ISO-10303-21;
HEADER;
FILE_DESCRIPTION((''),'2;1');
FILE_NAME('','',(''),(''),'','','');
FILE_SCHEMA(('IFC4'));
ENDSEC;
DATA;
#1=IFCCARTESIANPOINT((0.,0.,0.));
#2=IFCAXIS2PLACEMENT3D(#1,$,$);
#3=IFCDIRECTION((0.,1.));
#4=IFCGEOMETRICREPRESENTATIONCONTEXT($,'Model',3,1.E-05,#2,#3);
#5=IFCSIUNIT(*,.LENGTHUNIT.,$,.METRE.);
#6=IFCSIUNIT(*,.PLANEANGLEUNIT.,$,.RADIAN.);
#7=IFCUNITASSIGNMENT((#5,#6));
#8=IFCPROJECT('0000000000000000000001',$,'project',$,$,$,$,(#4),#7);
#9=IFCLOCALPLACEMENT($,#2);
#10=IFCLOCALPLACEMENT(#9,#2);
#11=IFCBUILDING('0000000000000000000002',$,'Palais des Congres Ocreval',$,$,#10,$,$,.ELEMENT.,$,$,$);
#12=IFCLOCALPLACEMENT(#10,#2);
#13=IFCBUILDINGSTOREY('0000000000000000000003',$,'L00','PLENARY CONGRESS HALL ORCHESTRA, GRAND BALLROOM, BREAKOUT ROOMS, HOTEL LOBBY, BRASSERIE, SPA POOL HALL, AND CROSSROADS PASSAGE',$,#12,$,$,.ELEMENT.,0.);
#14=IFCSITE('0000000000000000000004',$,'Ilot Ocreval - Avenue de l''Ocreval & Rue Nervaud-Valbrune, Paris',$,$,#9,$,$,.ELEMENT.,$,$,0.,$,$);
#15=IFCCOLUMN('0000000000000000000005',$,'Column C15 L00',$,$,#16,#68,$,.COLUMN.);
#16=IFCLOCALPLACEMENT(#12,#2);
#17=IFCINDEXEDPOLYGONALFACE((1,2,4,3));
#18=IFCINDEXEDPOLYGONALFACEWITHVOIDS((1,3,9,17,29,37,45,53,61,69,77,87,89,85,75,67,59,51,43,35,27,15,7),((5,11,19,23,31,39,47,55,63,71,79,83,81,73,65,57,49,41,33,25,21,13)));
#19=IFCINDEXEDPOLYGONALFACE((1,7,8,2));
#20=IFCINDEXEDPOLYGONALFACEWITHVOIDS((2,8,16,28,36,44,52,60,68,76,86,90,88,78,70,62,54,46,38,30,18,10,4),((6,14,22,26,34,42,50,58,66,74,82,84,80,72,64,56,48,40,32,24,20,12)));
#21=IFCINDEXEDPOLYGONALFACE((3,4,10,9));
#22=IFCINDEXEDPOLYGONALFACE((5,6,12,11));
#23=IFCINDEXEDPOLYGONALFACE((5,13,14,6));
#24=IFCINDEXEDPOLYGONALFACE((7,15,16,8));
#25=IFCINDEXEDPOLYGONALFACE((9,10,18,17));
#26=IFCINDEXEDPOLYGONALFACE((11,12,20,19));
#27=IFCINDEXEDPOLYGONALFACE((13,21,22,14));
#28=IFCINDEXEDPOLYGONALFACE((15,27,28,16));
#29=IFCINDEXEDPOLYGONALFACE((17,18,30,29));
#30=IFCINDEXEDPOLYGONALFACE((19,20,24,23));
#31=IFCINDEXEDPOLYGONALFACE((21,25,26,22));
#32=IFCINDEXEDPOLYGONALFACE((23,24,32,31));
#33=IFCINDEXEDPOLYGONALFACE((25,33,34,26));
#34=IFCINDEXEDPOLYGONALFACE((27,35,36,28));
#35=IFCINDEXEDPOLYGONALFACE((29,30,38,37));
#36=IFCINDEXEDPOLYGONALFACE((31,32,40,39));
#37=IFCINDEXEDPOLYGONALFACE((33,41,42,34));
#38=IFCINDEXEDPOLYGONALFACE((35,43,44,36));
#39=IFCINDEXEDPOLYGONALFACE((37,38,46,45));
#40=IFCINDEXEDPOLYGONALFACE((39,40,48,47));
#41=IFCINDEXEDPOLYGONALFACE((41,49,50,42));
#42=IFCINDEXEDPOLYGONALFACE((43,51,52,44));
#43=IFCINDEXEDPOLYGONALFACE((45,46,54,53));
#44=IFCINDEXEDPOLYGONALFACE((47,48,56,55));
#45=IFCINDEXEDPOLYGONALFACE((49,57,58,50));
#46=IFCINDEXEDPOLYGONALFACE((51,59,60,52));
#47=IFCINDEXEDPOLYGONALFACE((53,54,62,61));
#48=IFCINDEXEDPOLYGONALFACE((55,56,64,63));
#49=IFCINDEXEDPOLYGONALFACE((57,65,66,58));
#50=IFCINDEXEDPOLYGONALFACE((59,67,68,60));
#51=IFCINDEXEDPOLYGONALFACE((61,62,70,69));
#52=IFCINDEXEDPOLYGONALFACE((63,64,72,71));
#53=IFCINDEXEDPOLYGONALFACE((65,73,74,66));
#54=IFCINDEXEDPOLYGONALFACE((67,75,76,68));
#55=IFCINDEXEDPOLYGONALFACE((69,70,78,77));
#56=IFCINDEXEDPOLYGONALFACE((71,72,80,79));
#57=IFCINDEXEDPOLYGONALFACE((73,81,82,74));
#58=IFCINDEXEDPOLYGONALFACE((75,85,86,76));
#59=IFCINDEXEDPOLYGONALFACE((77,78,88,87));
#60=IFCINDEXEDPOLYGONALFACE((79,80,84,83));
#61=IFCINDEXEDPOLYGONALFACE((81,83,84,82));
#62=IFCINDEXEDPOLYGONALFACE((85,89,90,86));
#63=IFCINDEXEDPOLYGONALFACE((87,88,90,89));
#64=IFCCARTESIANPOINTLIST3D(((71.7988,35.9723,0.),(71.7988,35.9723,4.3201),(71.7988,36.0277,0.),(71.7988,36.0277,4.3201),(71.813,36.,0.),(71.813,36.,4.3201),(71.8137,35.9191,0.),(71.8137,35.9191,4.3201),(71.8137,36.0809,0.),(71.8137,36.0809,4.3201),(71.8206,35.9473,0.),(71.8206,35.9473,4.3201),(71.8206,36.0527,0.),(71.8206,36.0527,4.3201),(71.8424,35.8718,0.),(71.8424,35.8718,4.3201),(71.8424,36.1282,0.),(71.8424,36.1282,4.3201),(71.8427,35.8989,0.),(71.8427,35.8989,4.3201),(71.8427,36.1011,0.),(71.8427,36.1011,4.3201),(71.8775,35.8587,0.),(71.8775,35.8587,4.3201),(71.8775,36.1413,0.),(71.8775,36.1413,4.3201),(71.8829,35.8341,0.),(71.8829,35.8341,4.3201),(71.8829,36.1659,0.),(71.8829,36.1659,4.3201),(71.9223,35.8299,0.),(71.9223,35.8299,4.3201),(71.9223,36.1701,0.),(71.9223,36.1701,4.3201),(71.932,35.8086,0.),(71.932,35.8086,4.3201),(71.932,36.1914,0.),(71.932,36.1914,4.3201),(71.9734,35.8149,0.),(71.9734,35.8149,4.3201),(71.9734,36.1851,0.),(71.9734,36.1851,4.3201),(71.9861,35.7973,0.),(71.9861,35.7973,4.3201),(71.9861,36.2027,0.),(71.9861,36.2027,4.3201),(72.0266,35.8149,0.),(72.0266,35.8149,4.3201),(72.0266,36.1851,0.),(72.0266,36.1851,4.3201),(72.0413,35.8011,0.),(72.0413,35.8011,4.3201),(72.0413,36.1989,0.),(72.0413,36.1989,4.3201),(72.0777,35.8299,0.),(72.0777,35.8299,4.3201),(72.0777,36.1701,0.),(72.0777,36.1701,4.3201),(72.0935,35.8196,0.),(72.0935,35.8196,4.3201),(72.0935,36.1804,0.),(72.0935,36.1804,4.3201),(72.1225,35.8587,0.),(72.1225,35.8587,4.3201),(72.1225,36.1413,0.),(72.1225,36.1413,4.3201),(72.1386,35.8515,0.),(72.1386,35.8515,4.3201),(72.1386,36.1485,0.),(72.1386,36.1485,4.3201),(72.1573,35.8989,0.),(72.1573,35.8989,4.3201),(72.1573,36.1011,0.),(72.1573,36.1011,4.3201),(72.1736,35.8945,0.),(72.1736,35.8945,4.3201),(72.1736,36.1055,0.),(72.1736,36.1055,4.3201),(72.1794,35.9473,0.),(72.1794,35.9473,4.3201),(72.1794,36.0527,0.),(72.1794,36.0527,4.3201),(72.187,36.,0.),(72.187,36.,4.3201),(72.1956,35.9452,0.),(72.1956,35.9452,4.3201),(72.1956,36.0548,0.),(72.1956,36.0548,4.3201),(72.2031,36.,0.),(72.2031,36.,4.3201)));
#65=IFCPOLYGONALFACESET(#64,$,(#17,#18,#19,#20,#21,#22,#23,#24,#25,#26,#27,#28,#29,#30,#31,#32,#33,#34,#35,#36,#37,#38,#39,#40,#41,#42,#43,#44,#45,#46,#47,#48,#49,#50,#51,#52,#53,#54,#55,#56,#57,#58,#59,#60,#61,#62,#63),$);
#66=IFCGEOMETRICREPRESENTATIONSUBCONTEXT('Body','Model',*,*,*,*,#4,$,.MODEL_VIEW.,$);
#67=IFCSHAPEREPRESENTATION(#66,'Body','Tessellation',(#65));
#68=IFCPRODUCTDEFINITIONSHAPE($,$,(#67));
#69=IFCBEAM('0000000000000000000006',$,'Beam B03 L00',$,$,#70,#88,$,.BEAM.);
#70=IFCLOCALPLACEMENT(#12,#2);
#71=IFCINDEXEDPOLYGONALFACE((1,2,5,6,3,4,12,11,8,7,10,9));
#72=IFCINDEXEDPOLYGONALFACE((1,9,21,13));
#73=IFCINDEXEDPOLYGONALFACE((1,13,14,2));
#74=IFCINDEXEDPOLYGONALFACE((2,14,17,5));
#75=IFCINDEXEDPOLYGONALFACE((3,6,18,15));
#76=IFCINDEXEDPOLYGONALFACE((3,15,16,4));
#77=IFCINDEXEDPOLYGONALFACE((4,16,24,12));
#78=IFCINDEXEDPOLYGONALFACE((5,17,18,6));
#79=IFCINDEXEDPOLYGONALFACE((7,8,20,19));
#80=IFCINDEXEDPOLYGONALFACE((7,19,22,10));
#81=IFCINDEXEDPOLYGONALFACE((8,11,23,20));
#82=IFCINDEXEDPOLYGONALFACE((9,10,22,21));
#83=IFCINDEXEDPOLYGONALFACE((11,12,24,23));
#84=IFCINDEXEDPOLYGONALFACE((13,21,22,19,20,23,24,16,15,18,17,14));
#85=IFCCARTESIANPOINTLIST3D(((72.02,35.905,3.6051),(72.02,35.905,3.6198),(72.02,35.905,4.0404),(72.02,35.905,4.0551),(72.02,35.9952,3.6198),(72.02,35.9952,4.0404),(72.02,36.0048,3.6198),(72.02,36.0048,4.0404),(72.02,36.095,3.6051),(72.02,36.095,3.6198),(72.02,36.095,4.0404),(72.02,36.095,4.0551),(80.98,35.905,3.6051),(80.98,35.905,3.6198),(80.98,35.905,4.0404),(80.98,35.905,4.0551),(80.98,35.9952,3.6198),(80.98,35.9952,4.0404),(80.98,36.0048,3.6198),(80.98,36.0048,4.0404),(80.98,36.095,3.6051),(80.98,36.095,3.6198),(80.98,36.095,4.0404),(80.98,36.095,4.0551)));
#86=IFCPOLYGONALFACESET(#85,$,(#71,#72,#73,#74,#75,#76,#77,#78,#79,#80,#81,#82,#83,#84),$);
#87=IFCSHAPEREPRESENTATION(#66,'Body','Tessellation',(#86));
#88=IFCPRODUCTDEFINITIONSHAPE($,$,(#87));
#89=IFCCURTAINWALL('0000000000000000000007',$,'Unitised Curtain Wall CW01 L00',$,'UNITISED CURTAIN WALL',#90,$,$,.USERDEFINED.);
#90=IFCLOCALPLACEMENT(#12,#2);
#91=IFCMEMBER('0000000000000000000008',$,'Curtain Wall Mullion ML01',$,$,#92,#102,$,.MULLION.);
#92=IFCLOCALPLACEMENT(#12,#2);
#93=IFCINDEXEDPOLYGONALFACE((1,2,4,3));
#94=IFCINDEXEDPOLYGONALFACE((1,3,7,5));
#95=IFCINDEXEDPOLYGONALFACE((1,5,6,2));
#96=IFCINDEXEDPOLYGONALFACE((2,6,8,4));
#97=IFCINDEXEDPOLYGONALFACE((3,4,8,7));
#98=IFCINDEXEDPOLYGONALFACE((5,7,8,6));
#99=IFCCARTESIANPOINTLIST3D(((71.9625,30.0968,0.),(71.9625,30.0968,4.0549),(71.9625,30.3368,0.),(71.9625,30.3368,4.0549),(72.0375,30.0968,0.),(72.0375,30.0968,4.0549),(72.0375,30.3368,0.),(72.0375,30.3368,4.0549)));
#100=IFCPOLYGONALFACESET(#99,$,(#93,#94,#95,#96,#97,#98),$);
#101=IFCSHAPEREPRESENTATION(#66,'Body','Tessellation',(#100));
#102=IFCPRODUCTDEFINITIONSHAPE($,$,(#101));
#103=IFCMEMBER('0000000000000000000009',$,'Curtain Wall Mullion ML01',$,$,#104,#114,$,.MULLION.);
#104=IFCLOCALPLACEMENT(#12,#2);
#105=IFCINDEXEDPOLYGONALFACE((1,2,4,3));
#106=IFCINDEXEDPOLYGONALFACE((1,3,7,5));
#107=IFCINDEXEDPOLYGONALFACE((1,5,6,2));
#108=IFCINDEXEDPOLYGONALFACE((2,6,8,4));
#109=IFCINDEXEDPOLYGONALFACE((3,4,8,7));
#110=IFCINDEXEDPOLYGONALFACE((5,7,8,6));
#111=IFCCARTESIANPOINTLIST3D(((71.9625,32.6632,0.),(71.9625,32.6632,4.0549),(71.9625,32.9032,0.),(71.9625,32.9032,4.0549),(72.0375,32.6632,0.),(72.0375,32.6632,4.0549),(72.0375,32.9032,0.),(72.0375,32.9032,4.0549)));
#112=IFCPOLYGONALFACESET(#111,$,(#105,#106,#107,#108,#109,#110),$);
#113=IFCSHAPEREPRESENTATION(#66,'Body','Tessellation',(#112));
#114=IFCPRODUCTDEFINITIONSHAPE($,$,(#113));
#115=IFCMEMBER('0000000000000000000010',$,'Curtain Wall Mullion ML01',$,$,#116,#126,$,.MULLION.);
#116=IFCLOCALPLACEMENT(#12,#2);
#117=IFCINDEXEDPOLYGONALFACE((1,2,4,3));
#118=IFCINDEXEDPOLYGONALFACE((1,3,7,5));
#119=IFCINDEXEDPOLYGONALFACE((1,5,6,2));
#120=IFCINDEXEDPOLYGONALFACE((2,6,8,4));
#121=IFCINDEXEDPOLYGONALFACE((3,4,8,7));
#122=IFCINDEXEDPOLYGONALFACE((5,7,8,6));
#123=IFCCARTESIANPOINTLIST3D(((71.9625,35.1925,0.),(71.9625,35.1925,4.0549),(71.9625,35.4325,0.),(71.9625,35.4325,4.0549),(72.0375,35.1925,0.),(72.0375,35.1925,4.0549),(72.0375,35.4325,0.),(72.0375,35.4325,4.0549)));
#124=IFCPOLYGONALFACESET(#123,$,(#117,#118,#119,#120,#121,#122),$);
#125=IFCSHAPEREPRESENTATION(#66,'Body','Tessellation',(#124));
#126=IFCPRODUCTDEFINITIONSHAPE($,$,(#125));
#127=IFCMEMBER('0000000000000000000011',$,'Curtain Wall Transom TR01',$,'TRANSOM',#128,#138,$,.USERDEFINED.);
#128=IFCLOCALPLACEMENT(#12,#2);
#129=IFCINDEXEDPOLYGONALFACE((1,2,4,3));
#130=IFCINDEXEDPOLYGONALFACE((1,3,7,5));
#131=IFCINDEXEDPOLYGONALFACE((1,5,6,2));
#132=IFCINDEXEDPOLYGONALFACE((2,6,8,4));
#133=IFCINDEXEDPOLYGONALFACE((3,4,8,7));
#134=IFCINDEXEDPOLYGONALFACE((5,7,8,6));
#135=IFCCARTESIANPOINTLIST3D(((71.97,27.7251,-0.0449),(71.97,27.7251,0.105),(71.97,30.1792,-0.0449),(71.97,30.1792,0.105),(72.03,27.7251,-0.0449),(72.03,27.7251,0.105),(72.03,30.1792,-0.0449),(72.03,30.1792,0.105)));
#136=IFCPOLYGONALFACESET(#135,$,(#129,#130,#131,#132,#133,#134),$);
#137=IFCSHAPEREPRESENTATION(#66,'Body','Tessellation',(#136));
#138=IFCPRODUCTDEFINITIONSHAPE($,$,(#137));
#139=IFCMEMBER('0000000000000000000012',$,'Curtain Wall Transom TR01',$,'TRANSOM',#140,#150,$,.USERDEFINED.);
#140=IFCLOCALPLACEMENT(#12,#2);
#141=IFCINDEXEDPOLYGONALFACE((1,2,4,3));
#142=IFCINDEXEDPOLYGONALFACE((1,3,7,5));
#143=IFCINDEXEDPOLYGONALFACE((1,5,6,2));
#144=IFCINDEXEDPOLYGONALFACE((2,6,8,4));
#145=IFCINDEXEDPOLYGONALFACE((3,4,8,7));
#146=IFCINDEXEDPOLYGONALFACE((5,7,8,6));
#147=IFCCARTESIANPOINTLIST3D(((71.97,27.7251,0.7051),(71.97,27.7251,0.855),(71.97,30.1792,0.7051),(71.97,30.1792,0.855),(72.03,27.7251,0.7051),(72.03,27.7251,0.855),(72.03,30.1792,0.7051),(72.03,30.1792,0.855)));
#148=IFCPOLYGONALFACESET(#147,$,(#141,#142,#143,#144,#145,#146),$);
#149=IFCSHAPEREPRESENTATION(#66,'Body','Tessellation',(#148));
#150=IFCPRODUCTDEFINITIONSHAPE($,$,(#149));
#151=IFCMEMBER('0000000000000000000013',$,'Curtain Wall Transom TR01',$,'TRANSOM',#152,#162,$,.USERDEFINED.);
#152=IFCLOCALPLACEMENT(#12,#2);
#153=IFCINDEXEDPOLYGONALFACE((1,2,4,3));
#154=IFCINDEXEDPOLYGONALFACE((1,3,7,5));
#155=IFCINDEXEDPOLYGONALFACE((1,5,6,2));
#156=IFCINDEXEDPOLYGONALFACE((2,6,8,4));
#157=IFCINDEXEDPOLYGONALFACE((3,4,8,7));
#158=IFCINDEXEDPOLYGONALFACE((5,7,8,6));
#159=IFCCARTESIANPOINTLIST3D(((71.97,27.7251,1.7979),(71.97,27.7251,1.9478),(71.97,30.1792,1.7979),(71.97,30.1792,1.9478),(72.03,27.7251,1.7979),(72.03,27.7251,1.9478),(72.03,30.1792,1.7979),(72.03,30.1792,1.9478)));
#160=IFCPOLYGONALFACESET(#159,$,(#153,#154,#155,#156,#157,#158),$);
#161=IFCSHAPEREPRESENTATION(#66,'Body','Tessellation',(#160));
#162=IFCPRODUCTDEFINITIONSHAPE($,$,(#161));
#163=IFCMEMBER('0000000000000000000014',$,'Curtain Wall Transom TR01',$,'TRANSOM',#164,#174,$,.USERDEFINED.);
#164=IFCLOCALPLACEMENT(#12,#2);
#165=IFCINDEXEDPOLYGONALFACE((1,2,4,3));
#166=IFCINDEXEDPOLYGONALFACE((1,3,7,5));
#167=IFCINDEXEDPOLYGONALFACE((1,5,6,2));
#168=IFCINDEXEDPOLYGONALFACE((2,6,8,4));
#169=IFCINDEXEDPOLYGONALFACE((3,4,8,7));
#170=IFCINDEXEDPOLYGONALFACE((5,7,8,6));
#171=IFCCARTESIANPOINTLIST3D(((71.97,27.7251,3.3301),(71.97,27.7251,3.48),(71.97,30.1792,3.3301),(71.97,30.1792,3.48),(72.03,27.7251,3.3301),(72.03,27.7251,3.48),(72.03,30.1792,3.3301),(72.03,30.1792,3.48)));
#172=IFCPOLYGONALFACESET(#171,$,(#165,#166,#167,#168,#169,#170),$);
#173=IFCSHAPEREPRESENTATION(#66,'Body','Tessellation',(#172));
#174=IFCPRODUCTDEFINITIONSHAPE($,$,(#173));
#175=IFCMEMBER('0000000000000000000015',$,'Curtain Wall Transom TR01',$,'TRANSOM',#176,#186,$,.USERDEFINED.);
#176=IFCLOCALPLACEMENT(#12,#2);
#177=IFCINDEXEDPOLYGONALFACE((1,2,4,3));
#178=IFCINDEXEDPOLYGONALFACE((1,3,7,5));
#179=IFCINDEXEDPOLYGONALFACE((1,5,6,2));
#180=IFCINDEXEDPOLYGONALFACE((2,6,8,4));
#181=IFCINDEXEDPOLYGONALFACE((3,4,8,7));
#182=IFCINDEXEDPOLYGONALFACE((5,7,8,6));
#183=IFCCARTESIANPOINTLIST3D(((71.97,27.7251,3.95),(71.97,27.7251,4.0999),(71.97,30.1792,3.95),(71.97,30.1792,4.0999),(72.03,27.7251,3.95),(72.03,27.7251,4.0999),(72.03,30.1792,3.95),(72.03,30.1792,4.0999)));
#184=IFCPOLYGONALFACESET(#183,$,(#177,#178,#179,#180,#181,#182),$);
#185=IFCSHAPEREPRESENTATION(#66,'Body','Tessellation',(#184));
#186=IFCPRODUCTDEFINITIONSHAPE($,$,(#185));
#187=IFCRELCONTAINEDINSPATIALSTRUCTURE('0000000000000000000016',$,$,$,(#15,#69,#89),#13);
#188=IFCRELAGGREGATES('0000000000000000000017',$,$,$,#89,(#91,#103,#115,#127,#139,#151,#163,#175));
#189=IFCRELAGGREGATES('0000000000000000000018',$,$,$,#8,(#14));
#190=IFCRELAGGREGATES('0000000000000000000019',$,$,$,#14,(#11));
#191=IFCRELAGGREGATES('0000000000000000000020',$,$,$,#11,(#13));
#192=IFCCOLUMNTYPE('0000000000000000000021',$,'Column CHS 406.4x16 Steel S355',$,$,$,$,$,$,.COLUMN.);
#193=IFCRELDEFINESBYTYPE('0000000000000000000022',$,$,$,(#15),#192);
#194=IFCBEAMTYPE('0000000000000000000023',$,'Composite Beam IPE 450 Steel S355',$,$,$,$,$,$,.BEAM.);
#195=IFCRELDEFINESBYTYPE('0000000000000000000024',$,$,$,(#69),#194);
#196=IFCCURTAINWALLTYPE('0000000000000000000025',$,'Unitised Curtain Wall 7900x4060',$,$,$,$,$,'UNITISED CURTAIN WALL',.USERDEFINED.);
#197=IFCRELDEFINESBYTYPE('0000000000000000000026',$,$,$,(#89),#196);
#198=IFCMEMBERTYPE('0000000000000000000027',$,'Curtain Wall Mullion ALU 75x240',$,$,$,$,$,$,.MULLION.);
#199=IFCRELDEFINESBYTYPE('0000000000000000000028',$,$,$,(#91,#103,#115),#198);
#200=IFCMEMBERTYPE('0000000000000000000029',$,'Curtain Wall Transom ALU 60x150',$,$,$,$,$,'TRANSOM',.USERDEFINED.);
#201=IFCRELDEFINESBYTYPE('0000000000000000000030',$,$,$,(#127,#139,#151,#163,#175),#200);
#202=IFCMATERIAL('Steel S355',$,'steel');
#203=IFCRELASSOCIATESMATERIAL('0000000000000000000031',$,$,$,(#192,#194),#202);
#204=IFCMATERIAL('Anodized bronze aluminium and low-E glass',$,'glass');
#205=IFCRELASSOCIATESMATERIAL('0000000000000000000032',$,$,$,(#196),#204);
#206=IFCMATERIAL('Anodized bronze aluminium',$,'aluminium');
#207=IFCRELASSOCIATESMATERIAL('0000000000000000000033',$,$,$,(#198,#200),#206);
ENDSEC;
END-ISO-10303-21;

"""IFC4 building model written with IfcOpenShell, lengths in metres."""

from ifc_helpers import new_model, si_unit, direction, frame, origin, origin_2d, place, context, subcontext, project, spatial, rectangle, hollow_circle, i_section, extrude, material, material_profile, profile_set, type_object, element, aggregate, save


model = new_model("IFC4")

# Units and contexts
model_context = context("Model", 3, precision=1e-05, world=origin(), true_north=direction((0.0, 1.0)))
body_context = subcontext(model_context, "Body", "Model", "MODEL_VIEW")
ifc_project = project(units=[si_unit("LENGTHUNIT", "METRE"), si_unit("PLANEANGLEUNIT", "RADIAN")], contexts=[model_context])

# Site, building, storey
site_placement = place(None, origin())
site = spatial("IfcSite", under=ifc_project, at=site_placement, Name="Ilot Ocreval - Avenue de l'Ocreval & Rue Nervaud-Valbrune, Paris", CompositionType="ELEMENT", RefElevation=0.0)
building_placement = place(site_placement, origin())
building = spatial("IfcBuilding", under=site, at=building_placement, Name="Palais des Congres Ocreval", CompositionType="ELEMENT")
storey_placement = place(building_placement, origin())
storey = spatial("IfcBuildingStorey", under=building, at=storey_placement, Name="L00", Description="PLENARY CONGRESS HALL ORCHESTRA, GRAND BALLROOM, BREAKOUT ROOMS, HOTEL LOBBY, BRASSERIE, SPA POOL HALL, AND CROSSROADS PASSAGE", CompositionType="ELEMENT", Elevation=0.0)

# Column
ifc_material_1 = material(Name="Steel S355", Category="steel")
ifc_material_profile_1 = material_profile(ifc_material_1, hollow_circle(Radius=0.2031, WallThickness=0.0161, at=origin_2d()), Name="CHS 406.4x16")
ifc_profile_set_1 = profile_set([ifc_material_profile_1], Name="Steel S355")
column_type = type_object("IfcColumnType", Name="Column CHS 406.4x16 Steel S355", PredefinedType="COLUMN", material=ifc_profile_set_1)
column_placement = place(storey_placement, frame((72.0, 36.0, 0.0), z_axis=(0.0, 0.0, 1.0), x_axis=(1.0, 0.0, 0.0)))
element("IfcColumn", 1, at=column_placement, inside=storey, type_object=column_type, Name="Column C15 L00", PredefinedType="COLUMN", context=body_context, shape_type="SweptSolid", body=[
    extrude(hollow_circle(Radius=0.2031, WallThickness=0.0161, at=origin_2d()), origin(), (0.0, 0.0, 1.0), 4.3201),
])

# Beam
ifc_material_profile_2 = material_profile(ifc_material_1, i_section(OverallWidth=0.1899, OverallDepth=0.45, WebThickness=0.0095, FlangeThickness=0.0146, at=origin_2d()), Name="IPE 450")
ifc_profile_set_2 = profile_set([ifc_material_profile_2], Name="Steel S355")
beam_type_1 = type_object("IfcBeamType", Name="Composite Beam IPE 450 Steel S355", PredefinedType="BEAM", material=ifc_profile_set_2)
beam_1_placement = place(storey_placement, frame((72.02, 36.0, 3.8301), z_axis=(1.0, 0.0, 0.0), x_axis=(0.0, 1.0, 0.0)))
element("IfcBeam", 2, at=beam_1_placement, inside=storey, type_object=beam_type_1, Name="Beam B03 L00", PredefinedType="BEAM", context=body_context, shape_type="SweptSolid", body=[
    extrude(i_section(OverallWidth=0.1899, OverallDepth=0.45, WebThickness=0.0095, FlangeThickness=0.0146, at=origin_2d()), origin(), (0.0, 0.0, 1.0), 8.96),
])

# Curtain wall, members
ifc_material_2 = material(Name="Anodized bronze aluminium and low-E glass", Category="glass")
curtain_wall_type = type_object("IfcCurtainWallType", Name="Unitised Curtain Wall 7900x4060", ElementType="UNITISED CURTAIN WALL", PredefinedType="USERDEFINED", material=ifc_material_2)
curtain_wall_placement = place(storey_placement, origin())
curtain_wall = element("IfcCurtainWall", 3, at=curtain_wall_placement, inside=storey, type_object=curtain_wall_type, Name="Unitised Curtain Wall CW01 L00", ObjectType="UNITISED CURTAIN WALL", PredefinedType="USERDEFINED")
ifc_material_3 = material(Name="Anodized bronze aluminium", Category="aluminium")
ifc_material_profile_3 = material_profile(ifc_material_3, rectangle(XDim=0.075, YDim=0.24, at=origin_2d()), Name="ALU 75x240")
ifc_profile_set_3 = profile_set([ifc_material_profile_3], Name="Anodized bronze aluminium")
member_type_1 = type_object("IfcMemberType", Name="Curtain Wall Mullion ALU 75x240", PredefinedType="MULLION", material=ifc_profile_set_3)
member_1_placement = place(storey_placement, frame((72.0, 30.2168, 0.0), z_axis=(0.0, 0.0, 1.0), x_axis=(-1.0, 0.0, 0.0)))
member_1 = element("IfcMember", 4, at=member_1_placement, type_object=member_type_1, Name="Curtain Wall Mullion ML01", PredefinedType="MULLION", context=body_context, shape_type="SweptSolid", body=[
    extrude(rectangle(XDim=0.075, YDim=0.24, at=origin_2d()), origin(), (0.0, 0.0, 1.0), 4.0549),
])
member_2_placement = place(storey_placement, frame((72.0, 32.7832, 0.0), z_axis=(0.0, 0.0, 1.0), x_axis=(-1.0, 0.0, 0.0)))
member_2 = element("IfcMember", 5, at=member_2_placement, type_object=member_type_1, Name="Curtain Wall Mullion ML01", PredefinedType="MULLION", context=body_context, shape_type="SweptSolid", body=[
    extrude(rectangle(XDim=0.075, YDim=0.24, at=origin_2d()), origin(), (0.0, 0.0, 1.0), 4.0549),
])
member_3_placement = place(storey_placement, frame((72.0, 35.3125, 0.0), z_axis=(0.0, 0.0, 1.0), x_axis=(-1.0, 0.0, 0.0)))
member_3 = element("IfcMember", 6, at=member_3_placement, type_object=member_type_1, Name="Curtain Wall Mullion ML01", PredefinedType="MULLION", context=body_context, shape_type="SweptSolid", body=[
    extrude(rectangle(XDim=0.075, YDim=0.24, at=origin_2d()), origin(), (0.0, 0.0, 1.0), 4.0549),
])
ifc_material_profile_4 = material_profile(ifc_material_3, rectangle(XDim=0.0601, YDim=0.1499, at=origin_2d()), Name="ALU 60x150")
ifc_profile_set_4 = profile_set([ifc_material_profile_4], Name="Anodized bronze aluminium")
member_type_2 = type_object("IfcMemberType", Name="Curtain Wall Transom ALU 60x150", ElementType="TRANSOM", PredefinedType="USERDEFINED", material=ifc_profile_set_4)
member_4_placement = place(storey_placement, frame((72.0, 27.7251, 0.03), z_axis=(0.0, 1.0, 0.0), x_axis=(-1.0, 0.0, 0.0)))
member_4 = element("IfcMember", 7, at=member_4_placement, type_object=member_type_2, Name="Curtain Wall Transom TR01", ObjectType="TRANSOM", PredefinedType="USERDEFINED", context=body_context, shape_type="SweptSolid", body=[
    extrude(rectangle(XDim=0.0601, YDim=0.1499, at=origin_2d()), origin(), (0.0, 0.0, 1.0), 2.4541),
])
member_5_placement = place(storey_placement, frame((72.0, 27.7251, 0.78), z_axis=(0.0, 1.0, 0.0), x_axis=(-1.0, 0.0, 0.0)))
member_5 = element("IfcMember", 8, at=member_5_placement, type_object=member_type_2, Name="Curtain Wall Transom TR01", ObjectType="TRANSOM", PredefinedType="USERDEFINED", context=body_context, shape_type="SweptSolid", body=[
    extrude(rectangle(XDim=0.0601, YDim=0.1499, at=origin_2d()), origin(), (0.0, 0.0, 1.0), 2.4541),
])
member_6_placement = place(storey_placement, frame((72.0, 27.7251, 1.8728), z_axis=(0.0, 1.0, 0.0), x_axis=(-1.0, 0.0, 0.0)))
member_6 = element("IfcMember", 9, at=member_6_placement, type_object=member_type_2, Name="Curtain Wall Transom TR01", ObjectType="TRANSOM", PredefinedType="USERDEFINED", context=body_context, shape_type="SweptSolid", body=[
    extrude(rectangle(XDim=0.0601, YDim=0.1499, at=origin_2d()), origin(), (0.0, 0.0, 1.0), 2.4541),
])
member_7_placement = place(storey_placement, frame((72.0, 27.7251, 3.405), z_axis=(0.0, 1.0, 0.0), x_axis=(-1.0, 0.0, 0.0)))
member_7 = element("IfcMember", 10, at=member_7_placement, type_object=member_type_2, Name="Curtain Wall Transom TR01", ObjectType="TRANSOM", PredefinedType="USERDEFINED", context=body_context, shape_type="SweptSolid", body=[
    extrude(rectangle(XDim=0.0601, YDim=0.1499, at=origin_2d()), origin(), (0.0, 0.0, 1.0), 2.4541),
])
member_8_placement = place(storey_placement, frame((72.0, 27.7251, 4.0249), z_axis=(0.0, 1.0, 0.0), x_axis=(-1.0, 0.0, 0.0)))
member_8 = element("IfcMember", 11, at=member_8_placement, type_object=member_type_2, Name="Curtain Wall Transom TR01", ObjectType="TRANSOM", PredefinedType="USERDEFINED", context=body_context, shape_type="SweptSolid", body=[
    extrude(rectangle(XDim=0.0601, YDim=0.1499, at=origin_2d()), origin(), (0.0, 0.0, 1.0), 2.4541),
])

aggregate(curtain_wall, [member_1, member_2, member_3, member_4, member_5, member_6, member_7, member_8])

save(model, "model.ifc")
